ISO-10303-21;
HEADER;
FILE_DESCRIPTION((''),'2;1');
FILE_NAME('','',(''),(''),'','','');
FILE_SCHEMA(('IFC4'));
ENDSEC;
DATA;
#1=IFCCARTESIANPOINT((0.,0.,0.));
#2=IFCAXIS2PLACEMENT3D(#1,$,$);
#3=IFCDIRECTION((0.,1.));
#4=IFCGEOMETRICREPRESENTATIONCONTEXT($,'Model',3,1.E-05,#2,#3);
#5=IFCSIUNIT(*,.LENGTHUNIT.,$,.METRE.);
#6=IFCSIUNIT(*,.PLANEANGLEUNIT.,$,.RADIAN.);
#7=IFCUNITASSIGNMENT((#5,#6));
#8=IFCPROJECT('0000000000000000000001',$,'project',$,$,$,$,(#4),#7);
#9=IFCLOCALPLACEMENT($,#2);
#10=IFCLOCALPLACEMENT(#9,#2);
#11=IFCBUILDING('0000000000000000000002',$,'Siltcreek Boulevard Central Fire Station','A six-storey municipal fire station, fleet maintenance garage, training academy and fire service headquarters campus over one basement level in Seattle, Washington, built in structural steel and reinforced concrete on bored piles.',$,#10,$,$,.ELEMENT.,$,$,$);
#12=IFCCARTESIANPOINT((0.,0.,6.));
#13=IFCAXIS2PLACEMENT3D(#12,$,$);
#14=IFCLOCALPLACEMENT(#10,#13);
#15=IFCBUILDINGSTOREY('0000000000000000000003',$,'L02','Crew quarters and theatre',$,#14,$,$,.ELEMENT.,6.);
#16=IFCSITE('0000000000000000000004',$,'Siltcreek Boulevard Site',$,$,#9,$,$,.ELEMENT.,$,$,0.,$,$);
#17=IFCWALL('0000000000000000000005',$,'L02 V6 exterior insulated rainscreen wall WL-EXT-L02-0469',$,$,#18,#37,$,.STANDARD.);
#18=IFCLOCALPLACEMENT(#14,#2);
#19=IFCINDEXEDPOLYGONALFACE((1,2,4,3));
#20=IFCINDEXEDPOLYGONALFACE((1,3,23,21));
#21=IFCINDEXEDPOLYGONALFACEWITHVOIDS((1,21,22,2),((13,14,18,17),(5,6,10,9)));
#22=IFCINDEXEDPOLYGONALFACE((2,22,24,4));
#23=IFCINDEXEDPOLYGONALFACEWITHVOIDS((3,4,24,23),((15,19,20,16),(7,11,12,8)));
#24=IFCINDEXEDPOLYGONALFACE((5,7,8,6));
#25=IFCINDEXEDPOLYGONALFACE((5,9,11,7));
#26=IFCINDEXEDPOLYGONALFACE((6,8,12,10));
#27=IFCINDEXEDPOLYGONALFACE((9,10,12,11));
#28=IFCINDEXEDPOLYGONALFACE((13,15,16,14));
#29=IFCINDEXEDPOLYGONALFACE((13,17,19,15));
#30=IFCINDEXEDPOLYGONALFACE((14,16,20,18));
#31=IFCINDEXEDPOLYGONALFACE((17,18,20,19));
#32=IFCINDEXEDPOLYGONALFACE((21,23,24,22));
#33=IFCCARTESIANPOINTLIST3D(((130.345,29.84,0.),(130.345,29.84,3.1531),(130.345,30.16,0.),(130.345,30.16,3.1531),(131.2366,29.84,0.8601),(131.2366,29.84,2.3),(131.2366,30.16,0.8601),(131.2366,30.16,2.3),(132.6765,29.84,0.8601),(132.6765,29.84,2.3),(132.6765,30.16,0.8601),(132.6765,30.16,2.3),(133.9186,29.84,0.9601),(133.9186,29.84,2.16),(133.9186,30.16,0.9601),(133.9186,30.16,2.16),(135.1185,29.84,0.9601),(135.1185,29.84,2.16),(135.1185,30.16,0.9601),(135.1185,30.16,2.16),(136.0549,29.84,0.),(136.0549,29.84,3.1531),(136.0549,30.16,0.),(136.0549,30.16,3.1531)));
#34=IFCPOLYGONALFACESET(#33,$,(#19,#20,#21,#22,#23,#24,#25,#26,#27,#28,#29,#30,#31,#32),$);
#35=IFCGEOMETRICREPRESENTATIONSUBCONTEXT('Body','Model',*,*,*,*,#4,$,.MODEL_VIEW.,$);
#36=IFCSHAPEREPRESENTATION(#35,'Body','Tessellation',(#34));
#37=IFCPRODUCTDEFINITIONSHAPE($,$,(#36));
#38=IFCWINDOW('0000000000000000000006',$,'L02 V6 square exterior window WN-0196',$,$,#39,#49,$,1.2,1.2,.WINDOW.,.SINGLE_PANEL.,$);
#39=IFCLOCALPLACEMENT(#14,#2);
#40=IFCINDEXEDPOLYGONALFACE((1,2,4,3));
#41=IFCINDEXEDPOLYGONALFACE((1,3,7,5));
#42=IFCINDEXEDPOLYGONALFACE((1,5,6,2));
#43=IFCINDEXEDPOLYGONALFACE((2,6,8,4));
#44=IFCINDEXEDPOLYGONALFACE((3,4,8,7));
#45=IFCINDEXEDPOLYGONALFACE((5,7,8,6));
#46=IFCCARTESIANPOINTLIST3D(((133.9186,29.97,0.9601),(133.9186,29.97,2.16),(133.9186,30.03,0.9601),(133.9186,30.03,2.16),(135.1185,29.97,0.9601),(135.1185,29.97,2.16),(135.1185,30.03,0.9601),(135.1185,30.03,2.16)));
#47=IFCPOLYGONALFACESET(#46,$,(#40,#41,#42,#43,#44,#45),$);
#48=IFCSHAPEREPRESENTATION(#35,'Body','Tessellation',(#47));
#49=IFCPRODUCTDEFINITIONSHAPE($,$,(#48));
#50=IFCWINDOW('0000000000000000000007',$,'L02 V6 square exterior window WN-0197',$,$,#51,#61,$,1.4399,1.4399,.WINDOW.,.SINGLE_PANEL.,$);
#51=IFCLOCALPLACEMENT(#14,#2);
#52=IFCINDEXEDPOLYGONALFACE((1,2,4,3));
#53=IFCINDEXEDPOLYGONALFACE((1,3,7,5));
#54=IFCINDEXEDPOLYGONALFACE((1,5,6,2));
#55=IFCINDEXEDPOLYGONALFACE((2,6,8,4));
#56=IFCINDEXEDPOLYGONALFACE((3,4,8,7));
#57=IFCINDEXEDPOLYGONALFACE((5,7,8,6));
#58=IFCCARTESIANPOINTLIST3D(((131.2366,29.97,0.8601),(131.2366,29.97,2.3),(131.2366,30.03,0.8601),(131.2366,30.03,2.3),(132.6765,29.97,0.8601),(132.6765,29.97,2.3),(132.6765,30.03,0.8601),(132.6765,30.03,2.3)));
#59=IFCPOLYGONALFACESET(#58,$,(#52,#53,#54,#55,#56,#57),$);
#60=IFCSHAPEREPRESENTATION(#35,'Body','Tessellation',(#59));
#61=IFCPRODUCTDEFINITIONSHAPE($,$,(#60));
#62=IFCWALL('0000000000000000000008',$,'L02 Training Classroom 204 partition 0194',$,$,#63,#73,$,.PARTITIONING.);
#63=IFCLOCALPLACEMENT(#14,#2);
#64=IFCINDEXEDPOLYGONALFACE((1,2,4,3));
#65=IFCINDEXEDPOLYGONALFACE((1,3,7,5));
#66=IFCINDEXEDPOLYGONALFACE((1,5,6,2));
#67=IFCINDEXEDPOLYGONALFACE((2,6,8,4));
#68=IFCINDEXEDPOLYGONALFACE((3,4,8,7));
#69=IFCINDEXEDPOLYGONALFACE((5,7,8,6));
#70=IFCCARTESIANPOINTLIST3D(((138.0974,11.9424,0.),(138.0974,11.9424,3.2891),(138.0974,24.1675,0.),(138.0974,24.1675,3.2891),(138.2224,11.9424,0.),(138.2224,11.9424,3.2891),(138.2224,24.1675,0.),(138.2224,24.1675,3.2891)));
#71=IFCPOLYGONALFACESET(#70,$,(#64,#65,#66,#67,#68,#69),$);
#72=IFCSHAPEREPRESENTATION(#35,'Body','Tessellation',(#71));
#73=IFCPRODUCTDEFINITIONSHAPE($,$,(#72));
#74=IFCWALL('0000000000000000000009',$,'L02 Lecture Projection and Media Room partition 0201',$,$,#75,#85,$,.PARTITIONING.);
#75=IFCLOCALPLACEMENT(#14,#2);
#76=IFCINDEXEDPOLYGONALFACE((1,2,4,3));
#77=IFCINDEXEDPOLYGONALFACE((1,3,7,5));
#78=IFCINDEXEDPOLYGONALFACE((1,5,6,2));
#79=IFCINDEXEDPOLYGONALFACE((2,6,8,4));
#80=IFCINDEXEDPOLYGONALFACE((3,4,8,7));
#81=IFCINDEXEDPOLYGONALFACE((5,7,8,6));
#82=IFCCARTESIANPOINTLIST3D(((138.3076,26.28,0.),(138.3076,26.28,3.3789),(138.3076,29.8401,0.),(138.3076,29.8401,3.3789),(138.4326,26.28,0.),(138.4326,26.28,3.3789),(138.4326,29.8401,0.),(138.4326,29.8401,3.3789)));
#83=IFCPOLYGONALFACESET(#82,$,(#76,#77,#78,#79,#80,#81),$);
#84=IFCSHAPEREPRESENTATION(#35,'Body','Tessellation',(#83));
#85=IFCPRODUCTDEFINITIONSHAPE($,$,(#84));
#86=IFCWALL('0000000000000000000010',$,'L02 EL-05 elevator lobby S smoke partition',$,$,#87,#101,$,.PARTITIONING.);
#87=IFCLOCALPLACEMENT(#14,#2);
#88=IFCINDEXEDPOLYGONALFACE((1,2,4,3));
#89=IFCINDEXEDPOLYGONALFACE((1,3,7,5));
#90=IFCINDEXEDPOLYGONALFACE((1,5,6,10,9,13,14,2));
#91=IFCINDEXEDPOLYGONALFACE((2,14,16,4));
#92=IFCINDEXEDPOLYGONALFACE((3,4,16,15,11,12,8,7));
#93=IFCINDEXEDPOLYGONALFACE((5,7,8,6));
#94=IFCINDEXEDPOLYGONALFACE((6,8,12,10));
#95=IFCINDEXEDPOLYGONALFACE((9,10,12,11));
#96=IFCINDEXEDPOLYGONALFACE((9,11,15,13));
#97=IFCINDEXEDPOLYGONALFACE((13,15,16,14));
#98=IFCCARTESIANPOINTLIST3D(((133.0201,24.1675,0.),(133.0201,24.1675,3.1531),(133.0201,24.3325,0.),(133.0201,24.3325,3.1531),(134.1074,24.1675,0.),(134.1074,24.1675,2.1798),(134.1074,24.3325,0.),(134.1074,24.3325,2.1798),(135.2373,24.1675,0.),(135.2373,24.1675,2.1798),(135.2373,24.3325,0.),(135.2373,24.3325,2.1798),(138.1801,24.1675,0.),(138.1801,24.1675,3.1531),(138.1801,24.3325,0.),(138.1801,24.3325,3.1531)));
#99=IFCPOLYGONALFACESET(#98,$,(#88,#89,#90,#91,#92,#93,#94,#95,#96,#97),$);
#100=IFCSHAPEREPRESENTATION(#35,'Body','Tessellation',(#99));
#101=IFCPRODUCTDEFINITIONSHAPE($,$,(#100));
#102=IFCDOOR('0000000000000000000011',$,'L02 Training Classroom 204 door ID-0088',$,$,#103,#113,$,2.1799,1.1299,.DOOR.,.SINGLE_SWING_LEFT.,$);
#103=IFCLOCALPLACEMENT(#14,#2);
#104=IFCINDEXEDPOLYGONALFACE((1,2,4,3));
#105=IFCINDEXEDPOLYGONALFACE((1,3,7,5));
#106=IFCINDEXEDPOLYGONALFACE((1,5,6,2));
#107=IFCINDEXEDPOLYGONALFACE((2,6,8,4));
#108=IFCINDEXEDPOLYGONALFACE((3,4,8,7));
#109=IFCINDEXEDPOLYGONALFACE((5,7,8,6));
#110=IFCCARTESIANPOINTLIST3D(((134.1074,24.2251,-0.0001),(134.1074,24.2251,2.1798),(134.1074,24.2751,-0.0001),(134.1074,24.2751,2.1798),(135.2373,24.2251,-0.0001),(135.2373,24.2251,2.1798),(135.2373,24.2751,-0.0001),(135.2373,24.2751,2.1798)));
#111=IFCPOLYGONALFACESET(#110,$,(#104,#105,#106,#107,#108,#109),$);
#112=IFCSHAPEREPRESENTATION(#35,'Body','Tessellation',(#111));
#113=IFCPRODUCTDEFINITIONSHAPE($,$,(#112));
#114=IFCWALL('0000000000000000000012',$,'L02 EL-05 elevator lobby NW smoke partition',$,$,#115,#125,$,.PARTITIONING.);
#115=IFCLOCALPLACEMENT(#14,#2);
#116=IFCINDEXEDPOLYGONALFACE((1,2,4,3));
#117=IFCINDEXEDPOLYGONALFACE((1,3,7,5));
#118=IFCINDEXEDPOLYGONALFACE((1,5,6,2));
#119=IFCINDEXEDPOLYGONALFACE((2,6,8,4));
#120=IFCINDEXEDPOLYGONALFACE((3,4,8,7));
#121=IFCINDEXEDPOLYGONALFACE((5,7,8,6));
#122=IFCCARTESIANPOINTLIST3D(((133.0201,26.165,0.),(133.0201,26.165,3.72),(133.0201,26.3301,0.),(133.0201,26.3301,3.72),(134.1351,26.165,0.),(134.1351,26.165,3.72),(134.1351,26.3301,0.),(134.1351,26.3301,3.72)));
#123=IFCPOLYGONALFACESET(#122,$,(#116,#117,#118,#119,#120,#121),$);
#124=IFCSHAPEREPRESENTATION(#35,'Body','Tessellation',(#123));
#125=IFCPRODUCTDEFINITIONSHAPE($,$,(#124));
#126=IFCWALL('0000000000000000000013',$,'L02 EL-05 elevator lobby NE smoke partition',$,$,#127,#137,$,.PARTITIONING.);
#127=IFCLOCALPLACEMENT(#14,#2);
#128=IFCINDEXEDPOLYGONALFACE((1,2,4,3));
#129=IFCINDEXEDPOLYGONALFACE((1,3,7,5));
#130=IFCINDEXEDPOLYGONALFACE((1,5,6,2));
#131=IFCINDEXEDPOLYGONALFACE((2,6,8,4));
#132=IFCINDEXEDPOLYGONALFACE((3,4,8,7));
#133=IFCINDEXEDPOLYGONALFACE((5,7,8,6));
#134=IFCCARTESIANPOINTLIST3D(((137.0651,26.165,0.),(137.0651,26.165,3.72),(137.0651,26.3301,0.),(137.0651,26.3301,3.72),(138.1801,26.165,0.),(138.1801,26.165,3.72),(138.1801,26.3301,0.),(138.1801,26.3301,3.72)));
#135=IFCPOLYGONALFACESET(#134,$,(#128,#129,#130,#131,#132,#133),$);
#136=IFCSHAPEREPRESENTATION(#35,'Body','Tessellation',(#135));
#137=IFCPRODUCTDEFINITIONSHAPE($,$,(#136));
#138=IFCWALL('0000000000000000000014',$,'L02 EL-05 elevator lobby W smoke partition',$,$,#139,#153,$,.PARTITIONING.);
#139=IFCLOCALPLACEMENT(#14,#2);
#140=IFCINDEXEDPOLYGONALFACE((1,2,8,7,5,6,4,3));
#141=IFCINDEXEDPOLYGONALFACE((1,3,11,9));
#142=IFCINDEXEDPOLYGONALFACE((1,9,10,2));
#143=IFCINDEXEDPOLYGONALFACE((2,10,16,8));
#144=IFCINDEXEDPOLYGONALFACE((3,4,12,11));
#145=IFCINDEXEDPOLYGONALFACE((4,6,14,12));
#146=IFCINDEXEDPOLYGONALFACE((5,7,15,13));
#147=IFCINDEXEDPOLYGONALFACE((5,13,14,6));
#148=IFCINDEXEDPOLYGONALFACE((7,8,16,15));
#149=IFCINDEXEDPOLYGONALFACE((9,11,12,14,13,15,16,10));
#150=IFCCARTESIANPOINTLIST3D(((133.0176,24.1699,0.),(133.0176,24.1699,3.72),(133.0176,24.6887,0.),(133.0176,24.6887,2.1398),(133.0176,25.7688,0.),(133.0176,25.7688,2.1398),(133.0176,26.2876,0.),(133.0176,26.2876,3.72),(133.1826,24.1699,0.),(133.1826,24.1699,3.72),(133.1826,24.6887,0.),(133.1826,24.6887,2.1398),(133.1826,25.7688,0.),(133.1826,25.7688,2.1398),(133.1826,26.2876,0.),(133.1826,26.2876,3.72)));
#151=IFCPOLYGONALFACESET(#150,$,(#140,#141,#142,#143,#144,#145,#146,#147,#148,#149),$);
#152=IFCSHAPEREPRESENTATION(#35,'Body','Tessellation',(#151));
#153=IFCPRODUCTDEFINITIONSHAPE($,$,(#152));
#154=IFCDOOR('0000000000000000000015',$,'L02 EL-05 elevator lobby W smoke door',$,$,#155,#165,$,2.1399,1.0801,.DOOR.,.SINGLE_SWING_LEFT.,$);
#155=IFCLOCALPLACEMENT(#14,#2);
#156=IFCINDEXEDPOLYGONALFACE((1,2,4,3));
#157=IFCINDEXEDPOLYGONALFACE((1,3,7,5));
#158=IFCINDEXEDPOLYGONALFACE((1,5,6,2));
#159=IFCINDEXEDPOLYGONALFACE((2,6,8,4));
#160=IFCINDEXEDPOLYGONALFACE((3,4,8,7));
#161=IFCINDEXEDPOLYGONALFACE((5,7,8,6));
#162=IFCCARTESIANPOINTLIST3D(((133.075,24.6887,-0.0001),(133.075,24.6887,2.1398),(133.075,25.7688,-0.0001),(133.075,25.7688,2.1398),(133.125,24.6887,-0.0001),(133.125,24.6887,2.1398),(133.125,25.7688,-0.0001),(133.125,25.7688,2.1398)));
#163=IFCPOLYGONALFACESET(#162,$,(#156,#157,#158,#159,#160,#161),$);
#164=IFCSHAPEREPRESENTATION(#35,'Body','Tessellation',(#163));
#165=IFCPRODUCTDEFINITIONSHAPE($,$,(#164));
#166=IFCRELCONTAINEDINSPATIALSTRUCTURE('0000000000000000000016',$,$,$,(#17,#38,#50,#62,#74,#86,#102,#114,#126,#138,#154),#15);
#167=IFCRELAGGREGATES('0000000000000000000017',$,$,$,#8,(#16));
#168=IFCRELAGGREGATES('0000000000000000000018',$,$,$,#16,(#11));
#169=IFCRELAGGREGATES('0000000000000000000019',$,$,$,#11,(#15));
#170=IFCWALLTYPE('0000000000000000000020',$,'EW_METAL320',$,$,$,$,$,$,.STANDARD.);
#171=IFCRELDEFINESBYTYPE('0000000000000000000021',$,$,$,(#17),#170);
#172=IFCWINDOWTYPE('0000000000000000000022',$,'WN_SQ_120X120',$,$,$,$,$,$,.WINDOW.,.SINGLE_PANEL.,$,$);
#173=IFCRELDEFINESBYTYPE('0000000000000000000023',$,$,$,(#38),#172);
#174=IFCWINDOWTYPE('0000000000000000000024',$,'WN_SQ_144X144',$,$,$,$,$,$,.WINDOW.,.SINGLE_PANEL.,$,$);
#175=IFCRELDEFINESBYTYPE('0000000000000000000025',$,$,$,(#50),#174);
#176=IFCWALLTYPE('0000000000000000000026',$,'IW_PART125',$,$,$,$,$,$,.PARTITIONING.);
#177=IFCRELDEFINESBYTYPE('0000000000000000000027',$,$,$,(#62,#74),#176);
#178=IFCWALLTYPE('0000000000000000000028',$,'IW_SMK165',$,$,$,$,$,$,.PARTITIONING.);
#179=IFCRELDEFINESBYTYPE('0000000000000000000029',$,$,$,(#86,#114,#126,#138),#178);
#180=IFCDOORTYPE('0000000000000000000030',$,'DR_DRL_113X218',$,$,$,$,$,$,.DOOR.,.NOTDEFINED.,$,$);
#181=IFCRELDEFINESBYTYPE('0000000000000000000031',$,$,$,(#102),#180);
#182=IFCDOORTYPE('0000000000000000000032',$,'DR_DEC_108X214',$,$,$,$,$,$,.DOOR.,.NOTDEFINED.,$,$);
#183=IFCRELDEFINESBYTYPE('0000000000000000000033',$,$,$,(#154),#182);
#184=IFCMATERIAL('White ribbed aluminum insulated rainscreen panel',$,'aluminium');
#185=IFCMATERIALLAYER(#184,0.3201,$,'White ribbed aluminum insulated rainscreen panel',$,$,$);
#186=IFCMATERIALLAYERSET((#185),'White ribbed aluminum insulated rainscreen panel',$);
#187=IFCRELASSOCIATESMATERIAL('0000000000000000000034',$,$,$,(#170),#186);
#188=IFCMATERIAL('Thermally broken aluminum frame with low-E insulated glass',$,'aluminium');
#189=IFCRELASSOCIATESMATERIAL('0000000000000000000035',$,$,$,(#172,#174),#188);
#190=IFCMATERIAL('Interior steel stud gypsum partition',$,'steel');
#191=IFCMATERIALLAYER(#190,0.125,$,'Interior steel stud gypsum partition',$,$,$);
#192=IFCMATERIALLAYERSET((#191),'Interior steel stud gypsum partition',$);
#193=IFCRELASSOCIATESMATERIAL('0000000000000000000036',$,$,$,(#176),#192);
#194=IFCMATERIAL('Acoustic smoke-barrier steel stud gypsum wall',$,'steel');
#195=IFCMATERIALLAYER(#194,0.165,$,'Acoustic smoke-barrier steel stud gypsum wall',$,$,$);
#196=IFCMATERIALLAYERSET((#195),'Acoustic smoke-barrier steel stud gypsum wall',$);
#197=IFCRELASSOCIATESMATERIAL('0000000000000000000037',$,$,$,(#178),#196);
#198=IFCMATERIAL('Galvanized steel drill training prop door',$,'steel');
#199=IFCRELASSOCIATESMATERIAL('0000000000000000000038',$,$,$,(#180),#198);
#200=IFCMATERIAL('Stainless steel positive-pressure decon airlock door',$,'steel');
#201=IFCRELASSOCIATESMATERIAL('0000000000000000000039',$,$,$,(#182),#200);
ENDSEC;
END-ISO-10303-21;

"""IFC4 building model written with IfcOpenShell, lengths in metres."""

from ifc_helpers import new_model, si_unit, direction, frame, frame_2d, origin, place, context, subcontext, project, spatial, rectangle, extrude, material, layer, layer_set, type_object, element, fill, save


model = new_model("IFC4")

# Units and contexts
model_context = context("Model", 3, precision=1e-05, world=origin(), true_north=direction((0.0, 1.0)))
body_context = subcontext(model_context, "Body", "Model", "MODEL_VIEW")
ifc_project = project(units=[si_unit("LENGTHUNIT", "METRE"), si_unit("PLANEANGLEUNIT", "RADIAN")], contexts=[model_context])

# Site, building, storey
site_placement = place(None, origin())
site = spatial("IfcSite", under=ifc_project, at=site_placement, Name="Siltcreek Boulevard Site", CompositionType="ELEMENT", RefElevation=0.0)
building_placement = place(site_placement, origin())
building = spatial("IfcBuilding", under=site, at=building_placement, Name="Siltcreek Boulevard Central Fire Station", Description="A six-storey municipal fire station, fleet maintenance garage, training academy and fire service headquarters campus over one basement level in Seattle, Washington, built in structural steel and reinforced concrete on bored piles.", CompositionType="ELEMENT")
storey_placement = place(building_placement, frame((0.0, 0.0, 6.0)))
storey = spatial("IfcBuildingStorey", under=building, at=storey_placement, Name="L02", Description="Crew quarters and theatre", CompositionType="ELEMENT", Elevation=6.0)

# Wall, openings, windows
ifc_material_1 = material(Name="White ribbed aluminum insulated rainscreen panel", Category="aluminium")
ifc_layer_1 = layer(ifc_material_1, 0.3201, Name="White ribbed aluminum insulated rainscreen panel")
ifc_layer_set_1 = layer_set([ifc_layer_1], Name="White ribbed aluminum insulated rainscreen panel")
wall_type_1 = type_object("IfcWallType", Name="EW_METAL320", PredefinedType="STANDARD", material=ifc_layer_set_1)
wall_1_placement = place(storey_placement, frame((136.0549, 30.0, 0.0), z_axis=(0.0, 0.0, 1.0), x_axis=(-1.0, 0.0, 0.0)))
wall_1 = element("IfcWall", 1, at=wall_1_placement, inside=storey, type_object=wall_type_1, Name="L02 V6 exterior insulated rainscreen wall WL-EXT-L02-0469", PredefinedType="STANDARD", context=body_context, shape_type="SweptSolid", body=[
    extrude(rectangle(XDim=5.71, YDim=0.3201, at=frame_2d((2.855, 0.0))), origin(), (0.0, 0.0, 1.0), 3.1531),
])
opening_1_placement = place(wall_1_placement, frame((0.9363, 0.0, 0.96)))
opening_1 = element("IfcOpeningElement", 2, at=opening_1_placement, cuts=wall_1, PredefinedType="OPENING", context=body_context, shape_type="SweptSolid", body=[
    extrude(rectangle(XDim=1.2, YDim=1.2, at=frame_2d((0.6001, 0.6001))), frame((0.0, 0.1699, 0.0), z_axis=(0.0, -1.0, 0.0), x_axis=(1.0, 0.0, 0.0)), (0.0, 0.0, 1.0), 0.3401),
])
opening_2_placement = place(wall_1_placement, frame((3.3784, 0.0, 0.8601)))
opening_2 = element("IfcOpeningElement", 3, at=opening_2_placement, cuts=wall_1, PredefinedType="OPENING", context=body_context, shape_type="SweptSolid", body=[
    extrude(rectangle(XDim=1.4399, YDim=1.4399, at=frame_2d((0.72, 0.72))), frame((0.0, 0.1699, 0.0), z_axis=(0.0, -1.0, 0.0), x_axis=(1.0, 0.0, 0.0)), (0.0, 0.0, 1.0), 0.3401),
])
ifc_material_2 = material(Name="Thermally broken aluminum frame with low-E insulated glass", Category="aluminium")
window_type_1 = type_object("IfcWindowType", Name="WN_SQ_120X120", PartitioningType="SINGLE_PANEL", PredefinedType="WINDOW", material=ifc_material_2)
window_1_placement = place(opening_1_placement, origin())
window_1 = element("IfcWindow", 4, at=window_1_placement, inside=storey, type_object=window_type_1, Name="L02 V6 square exterior window WN-0196", OverallHeight=1.2, OverallWidth=1.2, PartitioningType="SINGLE_PANEL", PredefinedType="WINDOW", context=body_context, shape_type="SweptSolid", body=[
    extrude(rectangle(XDim=1.2, YDim=1.2, at=frame_2d((0.6001, 0.6001))), frame((0.0, 0.03, 0.0), z_axis=(0.0, -1.0, 0.0), x_axis=(1.0, 0.0, 0.0)), (0.0, 0.0, 1.0), 0.0601),
])
fill(opening_1, window_1)
window_type_2 = type_object("IfcWindowType", Name="WN_SQ_144X144", PartitioningType="SINGLE_PANEL", PredefinedType="WINDOW", material=ifc_material_2)
window_2_placement = place(opening_2_placement, origin())
window_2 = element("IfcWindow", 5, at=window_2_placement, inside=storey, type_object=window_type_2, Name="L02 V6 square exterior window WN-0197", OverallHeight=1.4399, OverallWidth=1.4399, PartitioningType="SINGLE_PANEL", PredefinedType="WINDOW", context=body_context, shape_type="SweptSolid", body=[
    extrude(rectangle(XDim=1.4399, YDim=1.4399, at=frame_2d((0.72, 0.72))), frame((0.0, 0.03, 0.0), z_axis=(0.0, -1.0, 0.0), x_axis=(1.0, 0.0, 0.0)), (0.0, 0.0, 1.0), 0.0601),
])
fill(opening_2, window_2)

# Walls
ifc_material_3 = material(Name="Interior steel stud gypsum partition", Category="steel")
ifc_layer_2 = layer(ifc_material_3, 0.125, Name="Interior steel stud gypsum partition")
ifc_layer_set_2 = layer_set([ifc_layer_2], Name="Interior steel stud gypsum partition")
wall_type_2 = type_object("IfcWallType", Name="IW_PART125", PredefinedType="PARTITIONING", material=ifc_layer_set_2)
wall_2_placement = place(storey_placement, frame((138.1599, 24.1675, 0.0), z_axis=(0.0, 0.0, 1.0), x_axis=(0.0, -1.0, 0.0)))
element("IfcWall", 6, at=wall_2_placement, inside=storey, type_object=wall_type_2, Name="L02 Training Classroom 204 partition 0194", PredefinedType="PARTITIONING", context=body_context, shape_type="SweptSolid", body=[
    extrude(rectangle(XDim=12.2251, YDim=0.125, at=frame_2d((6.1125, 0.0))), origin(), (0.0, 0.0, 1.0), 3.2891),
])
wall_3_placement = place(storey_placement, frame((138.3701, 26.28, 0.0), z_axis=(0.0, 0.0, 1.0), x_axis=(0.0, 1.0, 0.0)))
element("IfcWall", 7, at=wall_3_placement, inside=storey, type_object=wall_type_2, Name="L02 Lecture Projection and Media Room partition 0201", PredefinedType="PARTITIONING", context=body_context, shape_type="SweptSolid", body=[
    extrude(rectangle(XDim=3.5601, YDim=0.125, at=frame_2d((1.78, 0.0))), origin(), (0.0, 0.0, 1.0), 3.3789),
])

# Wall, opening, door
ifc_material_4 = material(Name="Acoustic smoke-barrier steel stud gypsum wall", Category="steel")
ifc_layer_3 = layer(ifc_material_4, 0.165, Name="Acoustic smoke-barrier steel stud gypsum wall")
ifc_layer_set_3 = layer_set([ifc_layer_3], Name="Acoustic smoke-barrier steel stud gypsum wall")
wall_type_3 = type_object("IfcWallType", Name="IW_SMK165", PredefinedType="PARTITIONING", material=ifc_layer_set_3)
wall_4_placement = place(storey_placement, frame((133.02, 24.25, 0.0), z_axis=(0.0, 0.0, 1.0), x_axis=(1.0, 0.0, 0.0)))
wall_4 = element("IfcWall", 8, at=wall_4_placement, inside=storey, type_object=wall_type_3, Name="L02 EL-05 elevator lobby S smoke partition", PredefinedType="PARTITIONING", context=body_context, shape_type="SweptSolid", body=[
    extrude(rectangle(XDim=5.1599, YDim=0.165, at=frame_2d((2.5801, 0.0))), origin(), (0.0, 0.0, 1.0), 3.1531),
])
opening_3_placement = place(wall_4_placement, frame((1.0874, 0.0, 0.0)))
opening_3 = element("IfcOpeningElement", 9, at=opening_3_placement, cuts=wall_4, PredefinedType="OPENING", context=body_context, shape_type="SweptSolid", body=[
    extrude(rectangle(XDim=1.1299, YDim=2.1799, at=frame_2d((0.5649, 1.0898))), frame((0.0, 0.0925, 0.0), z_axis=(0.0, -1.0, 0.0), x_axis=(1.0, 0.0, 0.0)), (0.0, 0.0, 1.0), 0.1851),
])
ifc_material_5 = material(Name="Galvanized steel drill training prop door", Category="steel")
door_type_1 = type_object("IfcDoorType", Name="DR_DRL_113X218", OperationType="NOTDEFINED", PredefinedType="DOOR", material=ifc_material_5)
door_1_placement = place(opening_3_placement, frame((1.1299, 0.0, 0.0), z_axis=(0.0, 0.0, 1.0), x_axis=(-1.0, 0.0, 0.0)))
door_1 = element("IfcDoor", 10, at=door_1_placement, inside=storey, type_object=door_type_1, Name="L02 Training Classroom 204 door ID-0088", OperationType="SINGLE_SWING_LEFT", OverallHeight=2.1799, OverallWidth=1.1299, PredefinedType="DOOR", context=body_context, shape_type="SweptSolid", body=[
    extrude(rectangle(XDim=1.1299, YDim=2.1799, at=frame_2d((0.5649, 1.0898))), frame((0.0, 0.0249, 0.0), z_axis=(0.0, -1.0, 0.0), x_axis=(1.0, 0.0, 0.0)), (0.0, 0.0, 1.0), 0.05),
])
fill(opening_3, door_1)

# Walls
for number, where, z_axis, x_axis, name in (
    (11, (133.02, 26.2476, 0.0), (0.0, 0.0, 1.0), (1.0, 0.0, 0.0), "L02 EL-05 elevator lobby NW smoke partition"),
    (12, (137.0649, 26.2476, 0.0), (0.0, 0.0, 1.0), (1.0, 0.0, 0.0), "L02 EL-05 elevator lobby NE smoke partition"),
):
    element("IfcWall", number, at=place(storey_placement, frame(where, z_axis=z_axis, x_axis=x_axis)), inside=storey, type_object=wall_type_3, Name=name, PredefinedType="PARTITIONING", context=body_context, shape_type="SweptSolid", body=[
        extrude(rectangle(XDim=1.115, YDim=0.165, at=frame_2d((0.5576, 0.0))), origin(), (0.0, 0.0, 1.0), 3.72),
    ])

# Wall, opening, door
wall_5_placement = place(storey_placement, frame((133.1001, 24.1699, 0.0), z_axis=(0.0, 0.0, 1.0), x_axis=(0.0, 1.0, 0.0)))
wall_5 = element("IfcWall", 13, at=wall_5_placement, inside=storey, type_object=wall_type_3, Name="L02 EL-05 elevator lobby W smoke partition", PredefinedType="PARTITIONING", context=body_context, shape_type="SweptSolid", body=[
    extrude(rectangle(XDim=2.1177, YDim=0.165, at=frame_2d((1.0588, 0.0))), origin(), (0.0, 0.0, 1.0), 3.72),
])
opening_4_placement = place(wall_5_placement, frame((0.5188, 0.0, 0.0)))
opening_4 = element("IfcOpeningElement", 14, at=opening_4_placement, cuts=wall_5, PredefinedType="OPENING", context=body_context, shape_type="SweptSolid", body=[
    extrude(rectangle(XDim=1.0801, YDim=2.1399, at=frame_2d((0.54, 1.0698))), frame((0.0, 0.0925, 0.0), z_axis=(0.0, -1.0, 0.0), x_axis=(1.0, 0.0, 0.0)), (0.0, 0.0, 1.0), 0.1851),
])
ifc_material_6 = material(Name="Stainless steel positive-pressure decon airlock door", Category="steel")
door_type_2 = type_object("IfcDoorType", Name="DR_DEC_108X214", OperationType="NOTDEFINED", PredefinedType="DOOR", material=ifc_material_6)
door_2_placement = place(opening_4_placement, frame((1.0801, 0.0, 0.0), z_axis=(0.0, 0.0, 1.0), x_axis=(-1.0, 0.0, 0.0)))
door_2 = element("IfcDoor", 15, at=door_2_placement, inside=storey, type_object=door_type_2, Name="L02 EL-05 elevator lobby W smoke door", OperationType="SINGLE_SWING_LEFT", OverallHeight=2.1399, OverallWidth=1.0801, PredefinedType="DOOR", context=body_context, shape_type="SweptSolid", body=[
    extrude(rectangle(XDim=1.0801, YDim=2.1399, at=frame_2d((0.54, 1.0698))), frame((0.0, 0.0249, 0.0), z_axis=(0.0, -1.0, 0.0), x_axis=(1.0, 0.0, 0.0)), (0.0, 0.0, 1.0), 0.05),
])
fill(opening_4, door_2)

save(model, "model.ifc")
